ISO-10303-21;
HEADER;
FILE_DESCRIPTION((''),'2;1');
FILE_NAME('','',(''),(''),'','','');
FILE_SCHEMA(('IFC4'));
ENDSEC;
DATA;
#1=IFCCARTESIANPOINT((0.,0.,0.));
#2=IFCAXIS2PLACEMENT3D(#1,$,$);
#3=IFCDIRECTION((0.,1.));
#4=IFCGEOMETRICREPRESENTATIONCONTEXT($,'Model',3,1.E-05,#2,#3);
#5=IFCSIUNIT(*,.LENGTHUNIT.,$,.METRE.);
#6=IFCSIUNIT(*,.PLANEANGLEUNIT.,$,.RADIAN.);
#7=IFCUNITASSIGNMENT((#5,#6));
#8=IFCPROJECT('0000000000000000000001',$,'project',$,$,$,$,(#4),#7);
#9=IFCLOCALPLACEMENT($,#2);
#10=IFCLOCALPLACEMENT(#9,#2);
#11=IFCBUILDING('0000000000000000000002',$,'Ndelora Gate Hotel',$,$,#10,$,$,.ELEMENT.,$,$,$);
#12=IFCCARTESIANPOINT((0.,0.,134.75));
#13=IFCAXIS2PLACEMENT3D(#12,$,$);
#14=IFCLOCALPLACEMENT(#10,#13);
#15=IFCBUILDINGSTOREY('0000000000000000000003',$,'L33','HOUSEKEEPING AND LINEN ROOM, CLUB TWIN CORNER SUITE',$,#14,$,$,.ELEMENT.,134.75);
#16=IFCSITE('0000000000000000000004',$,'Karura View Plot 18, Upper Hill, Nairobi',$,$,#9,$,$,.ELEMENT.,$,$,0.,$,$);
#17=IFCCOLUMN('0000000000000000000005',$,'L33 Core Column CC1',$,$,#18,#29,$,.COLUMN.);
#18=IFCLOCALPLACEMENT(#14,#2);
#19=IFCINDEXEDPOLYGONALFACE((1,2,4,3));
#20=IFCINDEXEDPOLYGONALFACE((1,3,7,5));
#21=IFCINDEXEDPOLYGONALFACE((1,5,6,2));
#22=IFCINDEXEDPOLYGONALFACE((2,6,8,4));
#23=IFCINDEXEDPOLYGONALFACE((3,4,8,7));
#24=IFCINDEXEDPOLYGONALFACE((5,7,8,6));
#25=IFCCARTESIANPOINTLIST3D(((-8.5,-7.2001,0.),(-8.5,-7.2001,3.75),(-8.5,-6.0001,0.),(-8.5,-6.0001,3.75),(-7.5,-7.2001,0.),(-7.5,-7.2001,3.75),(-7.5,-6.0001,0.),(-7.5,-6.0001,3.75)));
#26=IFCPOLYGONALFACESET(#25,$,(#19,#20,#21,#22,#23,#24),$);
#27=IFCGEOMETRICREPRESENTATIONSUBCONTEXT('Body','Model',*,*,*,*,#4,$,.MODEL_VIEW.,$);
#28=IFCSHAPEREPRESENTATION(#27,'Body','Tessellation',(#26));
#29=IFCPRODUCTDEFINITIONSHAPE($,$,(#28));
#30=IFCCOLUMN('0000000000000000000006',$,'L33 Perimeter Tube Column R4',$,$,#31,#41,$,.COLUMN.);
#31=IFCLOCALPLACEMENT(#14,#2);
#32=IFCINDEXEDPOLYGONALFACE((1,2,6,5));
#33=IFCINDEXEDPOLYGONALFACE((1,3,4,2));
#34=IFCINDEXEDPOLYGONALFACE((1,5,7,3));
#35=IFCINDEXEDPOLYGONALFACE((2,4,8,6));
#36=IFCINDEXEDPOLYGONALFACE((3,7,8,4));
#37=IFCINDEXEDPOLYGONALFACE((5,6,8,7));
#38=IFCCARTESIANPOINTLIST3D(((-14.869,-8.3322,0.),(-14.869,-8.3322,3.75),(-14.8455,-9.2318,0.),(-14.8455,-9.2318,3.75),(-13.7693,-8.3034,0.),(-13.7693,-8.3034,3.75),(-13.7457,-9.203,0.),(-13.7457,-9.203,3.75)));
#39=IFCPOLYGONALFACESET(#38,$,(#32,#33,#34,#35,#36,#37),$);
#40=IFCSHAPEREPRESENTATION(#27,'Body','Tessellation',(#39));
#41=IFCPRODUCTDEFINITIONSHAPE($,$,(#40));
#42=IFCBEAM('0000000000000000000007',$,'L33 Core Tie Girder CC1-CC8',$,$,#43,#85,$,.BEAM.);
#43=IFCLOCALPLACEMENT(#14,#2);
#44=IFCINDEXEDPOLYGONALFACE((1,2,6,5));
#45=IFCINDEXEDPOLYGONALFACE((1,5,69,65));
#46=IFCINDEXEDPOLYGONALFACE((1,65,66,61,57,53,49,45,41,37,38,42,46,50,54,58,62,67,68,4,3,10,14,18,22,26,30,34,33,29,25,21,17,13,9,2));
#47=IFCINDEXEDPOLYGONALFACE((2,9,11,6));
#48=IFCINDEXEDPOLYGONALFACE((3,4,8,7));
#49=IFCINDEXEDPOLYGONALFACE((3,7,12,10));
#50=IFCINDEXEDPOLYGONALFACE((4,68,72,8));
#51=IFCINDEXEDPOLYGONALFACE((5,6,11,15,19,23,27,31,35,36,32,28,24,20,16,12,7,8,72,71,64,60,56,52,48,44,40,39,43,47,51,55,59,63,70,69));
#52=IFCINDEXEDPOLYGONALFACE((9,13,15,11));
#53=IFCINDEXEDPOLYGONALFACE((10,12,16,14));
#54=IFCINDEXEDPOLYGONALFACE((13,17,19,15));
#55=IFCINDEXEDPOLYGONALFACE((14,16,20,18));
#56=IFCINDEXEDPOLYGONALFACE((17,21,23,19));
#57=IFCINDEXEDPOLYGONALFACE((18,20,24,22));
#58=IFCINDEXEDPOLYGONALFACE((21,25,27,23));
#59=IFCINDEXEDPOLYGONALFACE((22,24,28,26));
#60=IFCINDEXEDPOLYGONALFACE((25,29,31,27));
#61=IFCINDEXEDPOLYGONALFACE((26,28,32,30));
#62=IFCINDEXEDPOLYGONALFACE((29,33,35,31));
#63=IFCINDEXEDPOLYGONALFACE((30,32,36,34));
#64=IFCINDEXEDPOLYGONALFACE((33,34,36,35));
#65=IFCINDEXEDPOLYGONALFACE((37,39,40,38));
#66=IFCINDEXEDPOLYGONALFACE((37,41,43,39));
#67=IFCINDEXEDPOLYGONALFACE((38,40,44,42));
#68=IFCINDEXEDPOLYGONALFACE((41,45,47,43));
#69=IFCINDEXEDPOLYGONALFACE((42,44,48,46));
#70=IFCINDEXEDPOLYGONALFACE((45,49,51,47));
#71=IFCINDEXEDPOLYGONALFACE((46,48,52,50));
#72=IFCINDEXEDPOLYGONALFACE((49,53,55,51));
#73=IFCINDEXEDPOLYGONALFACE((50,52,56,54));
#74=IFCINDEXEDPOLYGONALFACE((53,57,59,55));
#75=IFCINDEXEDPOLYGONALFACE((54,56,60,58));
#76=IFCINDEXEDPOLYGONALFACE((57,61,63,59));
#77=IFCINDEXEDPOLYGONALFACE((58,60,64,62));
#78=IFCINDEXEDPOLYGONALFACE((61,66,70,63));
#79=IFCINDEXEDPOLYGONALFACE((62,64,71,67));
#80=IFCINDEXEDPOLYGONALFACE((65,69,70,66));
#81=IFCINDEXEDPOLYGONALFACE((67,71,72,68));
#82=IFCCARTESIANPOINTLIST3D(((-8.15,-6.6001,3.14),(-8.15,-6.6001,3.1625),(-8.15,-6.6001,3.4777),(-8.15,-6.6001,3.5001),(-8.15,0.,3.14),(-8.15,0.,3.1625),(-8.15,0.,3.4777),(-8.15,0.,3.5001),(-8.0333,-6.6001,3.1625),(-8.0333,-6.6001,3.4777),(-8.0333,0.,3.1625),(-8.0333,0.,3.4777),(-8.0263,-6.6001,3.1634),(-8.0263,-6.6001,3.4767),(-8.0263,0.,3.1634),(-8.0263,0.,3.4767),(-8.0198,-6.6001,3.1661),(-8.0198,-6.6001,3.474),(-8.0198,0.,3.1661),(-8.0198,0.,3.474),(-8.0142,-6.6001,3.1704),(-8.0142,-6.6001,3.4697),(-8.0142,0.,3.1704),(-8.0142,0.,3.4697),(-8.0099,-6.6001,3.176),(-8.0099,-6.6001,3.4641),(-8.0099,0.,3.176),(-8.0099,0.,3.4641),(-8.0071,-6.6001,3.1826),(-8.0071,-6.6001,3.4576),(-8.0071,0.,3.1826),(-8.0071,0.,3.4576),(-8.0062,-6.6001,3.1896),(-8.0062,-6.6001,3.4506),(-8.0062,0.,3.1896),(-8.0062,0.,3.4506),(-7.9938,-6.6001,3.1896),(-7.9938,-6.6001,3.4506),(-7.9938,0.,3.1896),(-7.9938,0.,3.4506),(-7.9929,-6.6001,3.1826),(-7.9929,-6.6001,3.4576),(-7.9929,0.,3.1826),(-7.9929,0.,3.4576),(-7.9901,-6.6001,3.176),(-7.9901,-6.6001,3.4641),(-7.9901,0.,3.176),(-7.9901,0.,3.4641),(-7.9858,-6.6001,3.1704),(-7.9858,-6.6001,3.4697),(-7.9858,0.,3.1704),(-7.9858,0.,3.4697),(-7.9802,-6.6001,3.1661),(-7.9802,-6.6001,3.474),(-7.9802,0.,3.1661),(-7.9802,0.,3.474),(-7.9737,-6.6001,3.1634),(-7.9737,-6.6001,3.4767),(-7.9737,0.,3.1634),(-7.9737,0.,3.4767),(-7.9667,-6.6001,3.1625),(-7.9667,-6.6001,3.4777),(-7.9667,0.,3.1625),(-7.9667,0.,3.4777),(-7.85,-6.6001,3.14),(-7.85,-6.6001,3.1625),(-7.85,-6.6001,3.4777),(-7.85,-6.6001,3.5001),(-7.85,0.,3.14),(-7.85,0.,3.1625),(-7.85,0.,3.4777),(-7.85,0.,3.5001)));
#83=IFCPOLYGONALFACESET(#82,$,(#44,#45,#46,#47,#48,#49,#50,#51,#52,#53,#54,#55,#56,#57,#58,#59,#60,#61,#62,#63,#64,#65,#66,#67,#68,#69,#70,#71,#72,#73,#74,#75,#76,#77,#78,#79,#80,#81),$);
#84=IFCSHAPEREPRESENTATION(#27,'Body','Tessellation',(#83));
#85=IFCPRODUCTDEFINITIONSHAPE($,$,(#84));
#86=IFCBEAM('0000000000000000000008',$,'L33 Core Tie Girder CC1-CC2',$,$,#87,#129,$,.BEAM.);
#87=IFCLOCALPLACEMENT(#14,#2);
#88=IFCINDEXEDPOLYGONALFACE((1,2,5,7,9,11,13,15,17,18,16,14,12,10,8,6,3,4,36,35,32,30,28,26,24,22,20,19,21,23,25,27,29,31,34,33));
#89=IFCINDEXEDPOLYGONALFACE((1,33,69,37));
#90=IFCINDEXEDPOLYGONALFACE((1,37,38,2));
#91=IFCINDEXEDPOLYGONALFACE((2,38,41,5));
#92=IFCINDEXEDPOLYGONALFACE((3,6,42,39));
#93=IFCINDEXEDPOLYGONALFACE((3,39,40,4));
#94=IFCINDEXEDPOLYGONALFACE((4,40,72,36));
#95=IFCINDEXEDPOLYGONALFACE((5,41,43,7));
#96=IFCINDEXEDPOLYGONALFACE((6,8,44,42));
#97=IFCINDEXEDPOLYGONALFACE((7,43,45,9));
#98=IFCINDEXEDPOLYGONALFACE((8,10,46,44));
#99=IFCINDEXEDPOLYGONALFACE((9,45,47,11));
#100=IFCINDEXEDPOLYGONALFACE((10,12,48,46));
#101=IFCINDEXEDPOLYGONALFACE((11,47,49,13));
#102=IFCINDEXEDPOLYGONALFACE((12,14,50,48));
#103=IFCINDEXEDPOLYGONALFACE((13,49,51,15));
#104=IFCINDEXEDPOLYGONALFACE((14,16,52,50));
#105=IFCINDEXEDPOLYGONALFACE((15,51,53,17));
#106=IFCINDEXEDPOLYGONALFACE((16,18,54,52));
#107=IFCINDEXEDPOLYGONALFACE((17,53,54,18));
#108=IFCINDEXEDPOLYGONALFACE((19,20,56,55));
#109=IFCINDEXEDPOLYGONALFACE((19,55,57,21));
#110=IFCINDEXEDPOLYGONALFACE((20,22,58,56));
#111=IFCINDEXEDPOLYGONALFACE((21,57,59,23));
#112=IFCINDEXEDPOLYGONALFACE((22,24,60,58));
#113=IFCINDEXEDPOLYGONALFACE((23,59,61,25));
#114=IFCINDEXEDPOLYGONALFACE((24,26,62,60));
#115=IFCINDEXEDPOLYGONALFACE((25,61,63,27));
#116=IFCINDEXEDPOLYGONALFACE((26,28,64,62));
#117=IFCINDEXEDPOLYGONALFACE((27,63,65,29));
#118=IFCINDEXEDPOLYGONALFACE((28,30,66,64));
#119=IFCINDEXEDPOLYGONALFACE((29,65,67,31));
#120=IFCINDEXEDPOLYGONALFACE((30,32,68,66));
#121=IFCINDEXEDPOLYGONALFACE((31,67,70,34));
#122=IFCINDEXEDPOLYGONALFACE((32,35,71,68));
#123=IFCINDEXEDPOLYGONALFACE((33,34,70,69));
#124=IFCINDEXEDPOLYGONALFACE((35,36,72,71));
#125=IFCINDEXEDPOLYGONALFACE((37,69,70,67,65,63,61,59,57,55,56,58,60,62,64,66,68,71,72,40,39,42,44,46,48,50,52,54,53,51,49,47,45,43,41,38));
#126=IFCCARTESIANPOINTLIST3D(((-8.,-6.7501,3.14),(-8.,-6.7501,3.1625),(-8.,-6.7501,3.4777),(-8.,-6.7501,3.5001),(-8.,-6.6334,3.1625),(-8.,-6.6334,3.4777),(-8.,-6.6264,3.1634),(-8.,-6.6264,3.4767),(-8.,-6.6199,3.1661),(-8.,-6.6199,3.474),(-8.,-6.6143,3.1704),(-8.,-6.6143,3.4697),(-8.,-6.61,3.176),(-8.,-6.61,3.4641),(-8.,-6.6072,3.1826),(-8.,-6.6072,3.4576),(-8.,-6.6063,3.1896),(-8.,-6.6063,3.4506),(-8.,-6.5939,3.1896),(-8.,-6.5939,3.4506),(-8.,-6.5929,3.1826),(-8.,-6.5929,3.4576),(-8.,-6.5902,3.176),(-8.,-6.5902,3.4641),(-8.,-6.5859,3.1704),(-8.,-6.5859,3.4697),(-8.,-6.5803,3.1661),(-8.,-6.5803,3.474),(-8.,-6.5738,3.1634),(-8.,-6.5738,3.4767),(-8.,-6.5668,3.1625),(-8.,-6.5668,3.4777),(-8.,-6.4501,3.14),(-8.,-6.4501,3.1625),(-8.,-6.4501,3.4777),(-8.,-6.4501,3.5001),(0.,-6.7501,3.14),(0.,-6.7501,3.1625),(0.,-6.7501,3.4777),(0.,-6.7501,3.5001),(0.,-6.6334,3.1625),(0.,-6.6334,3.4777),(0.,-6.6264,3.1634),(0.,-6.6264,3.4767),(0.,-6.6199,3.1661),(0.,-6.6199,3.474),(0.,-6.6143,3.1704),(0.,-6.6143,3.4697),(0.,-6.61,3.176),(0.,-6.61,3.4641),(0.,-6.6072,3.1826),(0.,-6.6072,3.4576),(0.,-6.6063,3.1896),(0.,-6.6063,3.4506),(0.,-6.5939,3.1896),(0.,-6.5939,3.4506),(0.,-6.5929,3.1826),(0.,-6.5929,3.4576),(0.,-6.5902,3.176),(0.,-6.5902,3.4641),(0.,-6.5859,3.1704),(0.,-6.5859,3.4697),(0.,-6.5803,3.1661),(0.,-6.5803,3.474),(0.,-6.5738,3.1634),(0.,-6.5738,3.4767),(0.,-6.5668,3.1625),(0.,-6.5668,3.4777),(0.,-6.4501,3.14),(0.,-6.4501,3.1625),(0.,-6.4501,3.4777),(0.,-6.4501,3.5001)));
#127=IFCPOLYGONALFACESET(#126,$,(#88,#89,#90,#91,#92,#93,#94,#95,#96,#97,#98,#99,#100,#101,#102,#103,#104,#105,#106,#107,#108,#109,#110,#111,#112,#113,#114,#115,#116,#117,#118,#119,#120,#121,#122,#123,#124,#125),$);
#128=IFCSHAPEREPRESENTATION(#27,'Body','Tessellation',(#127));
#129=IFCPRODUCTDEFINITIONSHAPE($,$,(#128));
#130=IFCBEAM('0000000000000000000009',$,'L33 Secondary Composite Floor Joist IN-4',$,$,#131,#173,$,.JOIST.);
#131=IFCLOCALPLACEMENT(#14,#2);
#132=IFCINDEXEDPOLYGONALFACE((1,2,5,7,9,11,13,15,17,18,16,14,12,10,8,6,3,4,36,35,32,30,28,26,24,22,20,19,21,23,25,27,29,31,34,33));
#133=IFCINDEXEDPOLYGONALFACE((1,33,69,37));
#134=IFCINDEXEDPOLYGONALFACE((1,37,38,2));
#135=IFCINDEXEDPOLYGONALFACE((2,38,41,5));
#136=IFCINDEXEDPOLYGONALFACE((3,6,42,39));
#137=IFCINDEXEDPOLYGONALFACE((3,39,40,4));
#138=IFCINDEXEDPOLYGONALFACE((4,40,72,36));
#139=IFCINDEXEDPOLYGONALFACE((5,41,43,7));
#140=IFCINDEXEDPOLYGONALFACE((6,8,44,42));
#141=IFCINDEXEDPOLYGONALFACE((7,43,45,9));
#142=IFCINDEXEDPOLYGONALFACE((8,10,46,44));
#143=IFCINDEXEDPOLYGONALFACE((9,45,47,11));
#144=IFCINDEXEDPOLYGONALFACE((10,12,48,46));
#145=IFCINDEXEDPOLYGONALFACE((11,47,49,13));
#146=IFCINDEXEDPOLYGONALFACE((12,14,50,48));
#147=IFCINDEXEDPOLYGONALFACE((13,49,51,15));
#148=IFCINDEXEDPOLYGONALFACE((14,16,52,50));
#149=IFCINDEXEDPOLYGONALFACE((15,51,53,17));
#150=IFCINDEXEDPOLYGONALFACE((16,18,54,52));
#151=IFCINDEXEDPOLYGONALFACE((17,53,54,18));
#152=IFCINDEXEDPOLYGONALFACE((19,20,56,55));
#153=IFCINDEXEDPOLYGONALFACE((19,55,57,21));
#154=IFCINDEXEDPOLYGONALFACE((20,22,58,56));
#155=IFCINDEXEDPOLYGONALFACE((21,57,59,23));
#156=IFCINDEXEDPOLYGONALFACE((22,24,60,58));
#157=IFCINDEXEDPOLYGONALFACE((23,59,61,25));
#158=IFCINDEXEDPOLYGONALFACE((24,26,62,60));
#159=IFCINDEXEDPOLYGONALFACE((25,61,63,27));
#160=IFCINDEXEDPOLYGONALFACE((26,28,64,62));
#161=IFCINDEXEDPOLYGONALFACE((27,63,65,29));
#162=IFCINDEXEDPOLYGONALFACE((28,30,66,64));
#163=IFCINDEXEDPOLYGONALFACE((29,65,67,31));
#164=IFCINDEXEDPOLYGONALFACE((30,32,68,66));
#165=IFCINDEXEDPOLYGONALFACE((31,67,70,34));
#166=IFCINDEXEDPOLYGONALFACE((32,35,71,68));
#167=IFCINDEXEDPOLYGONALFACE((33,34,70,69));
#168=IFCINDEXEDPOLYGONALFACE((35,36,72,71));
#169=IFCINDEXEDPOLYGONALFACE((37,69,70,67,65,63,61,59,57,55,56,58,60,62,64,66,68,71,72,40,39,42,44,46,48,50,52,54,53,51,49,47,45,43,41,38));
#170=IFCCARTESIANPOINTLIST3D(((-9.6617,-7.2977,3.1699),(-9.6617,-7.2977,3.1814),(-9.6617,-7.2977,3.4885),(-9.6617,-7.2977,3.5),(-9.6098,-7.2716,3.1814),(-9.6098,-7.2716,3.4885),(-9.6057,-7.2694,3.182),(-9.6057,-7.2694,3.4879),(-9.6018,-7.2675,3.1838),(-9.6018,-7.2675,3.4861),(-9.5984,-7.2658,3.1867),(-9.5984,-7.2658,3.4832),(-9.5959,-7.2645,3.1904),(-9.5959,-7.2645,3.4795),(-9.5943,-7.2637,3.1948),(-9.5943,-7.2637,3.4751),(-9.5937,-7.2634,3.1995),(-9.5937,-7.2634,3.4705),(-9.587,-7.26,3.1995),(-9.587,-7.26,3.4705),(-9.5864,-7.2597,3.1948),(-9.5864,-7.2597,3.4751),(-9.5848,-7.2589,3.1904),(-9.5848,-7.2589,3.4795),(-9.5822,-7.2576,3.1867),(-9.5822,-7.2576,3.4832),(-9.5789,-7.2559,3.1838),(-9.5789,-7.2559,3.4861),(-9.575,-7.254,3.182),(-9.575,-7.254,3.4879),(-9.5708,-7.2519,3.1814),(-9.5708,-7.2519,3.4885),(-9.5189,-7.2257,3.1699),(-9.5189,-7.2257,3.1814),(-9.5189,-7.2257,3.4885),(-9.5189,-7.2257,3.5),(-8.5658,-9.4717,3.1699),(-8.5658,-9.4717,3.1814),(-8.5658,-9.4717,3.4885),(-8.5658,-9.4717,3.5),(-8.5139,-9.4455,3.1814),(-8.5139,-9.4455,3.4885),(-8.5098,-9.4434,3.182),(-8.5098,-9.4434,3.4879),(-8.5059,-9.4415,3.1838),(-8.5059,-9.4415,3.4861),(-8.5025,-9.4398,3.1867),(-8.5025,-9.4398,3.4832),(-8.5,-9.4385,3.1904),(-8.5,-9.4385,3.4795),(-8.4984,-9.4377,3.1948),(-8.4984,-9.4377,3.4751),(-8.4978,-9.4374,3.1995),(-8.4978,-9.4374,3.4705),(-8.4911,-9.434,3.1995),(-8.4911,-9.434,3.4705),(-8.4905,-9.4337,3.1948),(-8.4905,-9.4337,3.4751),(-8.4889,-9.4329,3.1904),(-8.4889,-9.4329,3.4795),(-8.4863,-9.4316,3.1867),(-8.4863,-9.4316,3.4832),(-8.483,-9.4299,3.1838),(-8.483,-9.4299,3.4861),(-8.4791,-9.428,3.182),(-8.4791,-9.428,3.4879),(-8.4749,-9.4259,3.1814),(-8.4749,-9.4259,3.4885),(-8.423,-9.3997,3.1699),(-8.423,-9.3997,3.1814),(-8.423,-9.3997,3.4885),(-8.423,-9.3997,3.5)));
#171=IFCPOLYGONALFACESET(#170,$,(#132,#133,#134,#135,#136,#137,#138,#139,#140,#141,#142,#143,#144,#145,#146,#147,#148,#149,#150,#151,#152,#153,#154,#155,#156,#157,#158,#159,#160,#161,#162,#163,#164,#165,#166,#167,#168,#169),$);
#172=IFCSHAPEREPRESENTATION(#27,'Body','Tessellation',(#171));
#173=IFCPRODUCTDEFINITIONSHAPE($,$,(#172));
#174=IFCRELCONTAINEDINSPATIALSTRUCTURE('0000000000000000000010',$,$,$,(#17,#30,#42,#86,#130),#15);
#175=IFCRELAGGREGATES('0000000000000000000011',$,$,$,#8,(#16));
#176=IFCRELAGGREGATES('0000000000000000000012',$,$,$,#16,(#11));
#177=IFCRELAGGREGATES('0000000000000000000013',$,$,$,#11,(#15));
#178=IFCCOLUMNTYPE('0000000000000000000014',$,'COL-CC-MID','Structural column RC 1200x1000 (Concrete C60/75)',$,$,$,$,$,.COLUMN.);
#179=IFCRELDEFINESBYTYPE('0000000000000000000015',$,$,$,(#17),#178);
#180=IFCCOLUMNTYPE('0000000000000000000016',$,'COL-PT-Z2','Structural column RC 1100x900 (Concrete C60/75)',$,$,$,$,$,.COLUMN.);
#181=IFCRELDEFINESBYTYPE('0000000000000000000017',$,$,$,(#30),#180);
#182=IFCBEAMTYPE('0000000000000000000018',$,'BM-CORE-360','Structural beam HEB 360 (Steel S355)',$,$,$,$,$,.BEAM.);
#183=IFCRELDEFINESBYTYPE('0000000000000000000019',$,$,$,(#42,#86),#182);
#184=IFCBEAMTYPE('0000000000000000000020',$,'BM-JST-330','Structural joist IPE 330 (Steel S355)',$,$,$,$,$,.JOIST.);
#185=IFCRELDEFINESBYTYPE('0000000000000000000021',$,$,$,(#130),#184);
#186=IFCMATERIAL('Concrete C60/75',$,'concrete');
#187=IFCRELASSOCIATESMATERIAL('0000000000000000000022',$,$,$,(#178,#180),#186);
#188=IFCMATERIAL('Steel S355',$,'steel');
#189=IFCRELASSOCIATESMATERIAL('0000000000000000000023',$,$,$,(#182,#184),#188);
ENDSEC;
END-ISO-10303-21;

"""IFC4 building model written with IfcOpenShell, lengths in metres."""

from ifc_helpers import new_model, si_unit, direction, frame, origin, origin_2d, place, context, subcontext, project, spatial, rectangle, i_section, extrude, material, material_profile, profile_set, type_object, element, save


model = new_model("IFC4")

# Units and contexts
model_context = context("Model", 3, precision=1e-05, world=origin(), true_north=direction((0.0, 1.0)))
body_context = subcontext(model_context, "Body", "Model", "MODEL_VIEW")
ifc_project = project(units=[si_unit("LENGTHUNIT", "METRE"), si_unit("PLANEANGLEUNIT", "RADIAN")], contexts=[model_context])

# Site, building, storey
site_placement = place(None, origin())
site = spatial("IfcSite", under=ifc_project, at=site_placement, Name="Karura View Plot 18, Upper Hill, Nairobi", CompositionType="ELEMENT", RefElevation=0.0)
building_placement = place(site_placement, origin())
building = spatial("IfcBuilding", under=site, at=building_placement, Name="Ndelora Gate Hotel", CompositionType="ELEMENT")
storey_placement = place(building_placement, frame((0.0, 0.0, 134.75)))
storey = spatial("IfcBuildingStorey", under=building, at=storey_placement, Name="L33", Description="HOUSEKEEPING AND LINEN ROOM, CLUB TWIN CORNER SUITE", CompositionType="ELEMENT", Elevation=134.75)

# Columns
ifc_material_1 = material(Name="Concrete C60/75", Category="concrete")
ifc_material_profile_1 = material_profile(ifc_material_1, rectangle(XDim=1.0, YDim=1.2, at=origin_2d()), Name="RC 1200x1000")
ifc_profile_set_1 = profile_set([ifc_material_profile_1], Name="Concrete C60/75")
column_type_1 = type_object("IfcColumnType", Name="COL-CC-MID", Description="Structural column RC 1200x1000 (Concrete C60/75)", PredefinedType="COLUMN", material=ifc_profile_set_1)
column_1_placement = place(storey_placement, frame((-8.0, -6.6001, 0.0), z_axis=(0.0, 0.0, 1.0), x_axis=(1.0, 0.0, 0.0)))
element("IfcColumn", 1, at=column_1_placement, inside=storey, type_object=column_type_1, Name="L33 Core Column CC1", PredefinedType="COLUMN", context=body_context, shape_type="SweptSolid", body=[
    extrude(rectangle(XDim=1.0, YDim=1.2, at=origin_2d()), origin(), (0.0, 0.0, 1.0), 3.75),
])
ifc_material_profile_2 = material_profile(ifc_material_1, rectangle(XDim=0.8999, YDim=1.1001, at=origin_2d()), Name="RC 1100x900")
ifc_profile_set_2 = profile_set([ifc_material_profile_2], Name="Concrete C60/75")
column_type_2 = type_object("IfcColumnType", Name="COL-PT-Z2", Description="Structural column RC 1100x900 (Concrete C60/75)", PredefinedType="COLUMN", material=ifc_profile_set_2)
column_2_placement = place(storey_placement, frame((-14.3074, -8.7676, 0.0), z_axis=(0.0, 0.0, 1.0), x_axis=(-0.026177, 0.999657, 0.0)))
element("IfcColumn", 2, at=column_2_placement, inside=storey, type_object=column_type_2, Name="L33 Perimeter Tube Column R4", PredefinedType="COLUMN", context=body_context, shape_type="SweptSolid", body=[
    extrude(rectangle(XDim=0.8999, YDim=1.1001, at=origin_2d()), origin(), (0.0, 0.0, 1.0), 3.75),
])

# Beams
ifc_material_2 = material(Name="Steel S355", Category="steel")
ifc_material_profile_3 = material_profile(ifc_material_2, i_section(OverallWidth=0.3, OverallDepth=0.3601, WebThickness=0.0125, FlangeThickness=0.0225, FilletRadius=0.0271, at=origin_2d()), Name="HEB 360")
ifc_profile_set_3 = profile_set([ifc_material_profile_3], Name="Steel S355")
beam_type_1 = type_object("IfcBeamType", Name="BM-CORE-360", Description="Structural beam HEB 360 (Steel S355)", PredefinedType="BEAM", material=ifc_profile_set_3)
beam_1_placement = place(storey_placement, frame((-8.0, -6.6001, 3.3201), z_axis=(0.0, 1.0, 0.0), x_axis=(-1.0, 0.0, 0.0)))
element("IfcBeam", 3, at=beam_1_placement, inside=storey, type_object=beam_type_1, Name="L33 Core Tie Girder CC1-CC8", PredefinedType="BEAM", context=body_context, shape_type="SweptSolid", body=[
    extrude(i_section(OverallWidth=0.3, OverallDepth=0.3601, WebThickness=0.0125, FlangeThickness=0.0225, FilletRadius=0.0271, at=origin_2d()), origin(), (0.0, 0.0, 1.0), 6.6001),
])
beam_2_placement = place(storey_placement, frame((-8.0, -6.6001, 3.3201), z_axis=(1.0, 0.0, 0.0), x_axis=(0.0, 1.0, 0.0)))
element("IfcBeam", 4, at=beam_2_placement, inside=storey, type_object=beam_type_1, Name="L33 Core Tie Girder CC1-CC2", PredefinedType="BEAM", context=body_context, shape_type="SweptSolid", body=[
    extrude(i_section(OverallWidth=0.3, OverallDepth=0.3601, WebThickness=0.0125, FlangeThickness=0.0225, FilletRadius=0.0271, at=origin_2d()), origin(), (0.0, 0.0, 1.0), 8.0),
])
ifc_material_profile_4 = material_profile(ifc_material_2, i_section(OverallWidth=0.1599, OverallDepth=0.3301, WebThickness=0.0076, FlangeThickness=0.0115, FilletRadius=0.0181, at=origin_2d()), Name="IPE 330")
ifc_profile_set_4 = profile_set([ifc_material_profile_4], Name="Steel S355")
beam_type_2 = type_object("IfcBeamType", Name="BM-JST-330", Description="Structural joist IPE 330 (Steel S355)", PredefinedType="JOIST", material=ifc_profile_set_4)
beam_3_placement = place(storey_placement, frame((-9.5903, -7.2617, 3.335), z_axis=(0.450139, -0.892958, 0.0), x_axis=(0.892958, 0.450139, 0.0)))
element("IfcBeam", 5, at=beam_3_placement, inside=storey, type_object=beam_type_2, Name="L33 Secondary Composite Floor Joist IN-4", PredefinedType="JOIST", context=body_context, shape_type="SweptSolid", body=[
    extrude(i_section(OverallWidth=0.1599, OverallDepth=0.3301, WebThickness=0.0076, FlangeThickness=0.0115, FilletRadius=0.0181, at=origin_2d()), origin(), (0.0, 0.0, 1.0), 2.4346),
])

save(model, "model.ifc")
